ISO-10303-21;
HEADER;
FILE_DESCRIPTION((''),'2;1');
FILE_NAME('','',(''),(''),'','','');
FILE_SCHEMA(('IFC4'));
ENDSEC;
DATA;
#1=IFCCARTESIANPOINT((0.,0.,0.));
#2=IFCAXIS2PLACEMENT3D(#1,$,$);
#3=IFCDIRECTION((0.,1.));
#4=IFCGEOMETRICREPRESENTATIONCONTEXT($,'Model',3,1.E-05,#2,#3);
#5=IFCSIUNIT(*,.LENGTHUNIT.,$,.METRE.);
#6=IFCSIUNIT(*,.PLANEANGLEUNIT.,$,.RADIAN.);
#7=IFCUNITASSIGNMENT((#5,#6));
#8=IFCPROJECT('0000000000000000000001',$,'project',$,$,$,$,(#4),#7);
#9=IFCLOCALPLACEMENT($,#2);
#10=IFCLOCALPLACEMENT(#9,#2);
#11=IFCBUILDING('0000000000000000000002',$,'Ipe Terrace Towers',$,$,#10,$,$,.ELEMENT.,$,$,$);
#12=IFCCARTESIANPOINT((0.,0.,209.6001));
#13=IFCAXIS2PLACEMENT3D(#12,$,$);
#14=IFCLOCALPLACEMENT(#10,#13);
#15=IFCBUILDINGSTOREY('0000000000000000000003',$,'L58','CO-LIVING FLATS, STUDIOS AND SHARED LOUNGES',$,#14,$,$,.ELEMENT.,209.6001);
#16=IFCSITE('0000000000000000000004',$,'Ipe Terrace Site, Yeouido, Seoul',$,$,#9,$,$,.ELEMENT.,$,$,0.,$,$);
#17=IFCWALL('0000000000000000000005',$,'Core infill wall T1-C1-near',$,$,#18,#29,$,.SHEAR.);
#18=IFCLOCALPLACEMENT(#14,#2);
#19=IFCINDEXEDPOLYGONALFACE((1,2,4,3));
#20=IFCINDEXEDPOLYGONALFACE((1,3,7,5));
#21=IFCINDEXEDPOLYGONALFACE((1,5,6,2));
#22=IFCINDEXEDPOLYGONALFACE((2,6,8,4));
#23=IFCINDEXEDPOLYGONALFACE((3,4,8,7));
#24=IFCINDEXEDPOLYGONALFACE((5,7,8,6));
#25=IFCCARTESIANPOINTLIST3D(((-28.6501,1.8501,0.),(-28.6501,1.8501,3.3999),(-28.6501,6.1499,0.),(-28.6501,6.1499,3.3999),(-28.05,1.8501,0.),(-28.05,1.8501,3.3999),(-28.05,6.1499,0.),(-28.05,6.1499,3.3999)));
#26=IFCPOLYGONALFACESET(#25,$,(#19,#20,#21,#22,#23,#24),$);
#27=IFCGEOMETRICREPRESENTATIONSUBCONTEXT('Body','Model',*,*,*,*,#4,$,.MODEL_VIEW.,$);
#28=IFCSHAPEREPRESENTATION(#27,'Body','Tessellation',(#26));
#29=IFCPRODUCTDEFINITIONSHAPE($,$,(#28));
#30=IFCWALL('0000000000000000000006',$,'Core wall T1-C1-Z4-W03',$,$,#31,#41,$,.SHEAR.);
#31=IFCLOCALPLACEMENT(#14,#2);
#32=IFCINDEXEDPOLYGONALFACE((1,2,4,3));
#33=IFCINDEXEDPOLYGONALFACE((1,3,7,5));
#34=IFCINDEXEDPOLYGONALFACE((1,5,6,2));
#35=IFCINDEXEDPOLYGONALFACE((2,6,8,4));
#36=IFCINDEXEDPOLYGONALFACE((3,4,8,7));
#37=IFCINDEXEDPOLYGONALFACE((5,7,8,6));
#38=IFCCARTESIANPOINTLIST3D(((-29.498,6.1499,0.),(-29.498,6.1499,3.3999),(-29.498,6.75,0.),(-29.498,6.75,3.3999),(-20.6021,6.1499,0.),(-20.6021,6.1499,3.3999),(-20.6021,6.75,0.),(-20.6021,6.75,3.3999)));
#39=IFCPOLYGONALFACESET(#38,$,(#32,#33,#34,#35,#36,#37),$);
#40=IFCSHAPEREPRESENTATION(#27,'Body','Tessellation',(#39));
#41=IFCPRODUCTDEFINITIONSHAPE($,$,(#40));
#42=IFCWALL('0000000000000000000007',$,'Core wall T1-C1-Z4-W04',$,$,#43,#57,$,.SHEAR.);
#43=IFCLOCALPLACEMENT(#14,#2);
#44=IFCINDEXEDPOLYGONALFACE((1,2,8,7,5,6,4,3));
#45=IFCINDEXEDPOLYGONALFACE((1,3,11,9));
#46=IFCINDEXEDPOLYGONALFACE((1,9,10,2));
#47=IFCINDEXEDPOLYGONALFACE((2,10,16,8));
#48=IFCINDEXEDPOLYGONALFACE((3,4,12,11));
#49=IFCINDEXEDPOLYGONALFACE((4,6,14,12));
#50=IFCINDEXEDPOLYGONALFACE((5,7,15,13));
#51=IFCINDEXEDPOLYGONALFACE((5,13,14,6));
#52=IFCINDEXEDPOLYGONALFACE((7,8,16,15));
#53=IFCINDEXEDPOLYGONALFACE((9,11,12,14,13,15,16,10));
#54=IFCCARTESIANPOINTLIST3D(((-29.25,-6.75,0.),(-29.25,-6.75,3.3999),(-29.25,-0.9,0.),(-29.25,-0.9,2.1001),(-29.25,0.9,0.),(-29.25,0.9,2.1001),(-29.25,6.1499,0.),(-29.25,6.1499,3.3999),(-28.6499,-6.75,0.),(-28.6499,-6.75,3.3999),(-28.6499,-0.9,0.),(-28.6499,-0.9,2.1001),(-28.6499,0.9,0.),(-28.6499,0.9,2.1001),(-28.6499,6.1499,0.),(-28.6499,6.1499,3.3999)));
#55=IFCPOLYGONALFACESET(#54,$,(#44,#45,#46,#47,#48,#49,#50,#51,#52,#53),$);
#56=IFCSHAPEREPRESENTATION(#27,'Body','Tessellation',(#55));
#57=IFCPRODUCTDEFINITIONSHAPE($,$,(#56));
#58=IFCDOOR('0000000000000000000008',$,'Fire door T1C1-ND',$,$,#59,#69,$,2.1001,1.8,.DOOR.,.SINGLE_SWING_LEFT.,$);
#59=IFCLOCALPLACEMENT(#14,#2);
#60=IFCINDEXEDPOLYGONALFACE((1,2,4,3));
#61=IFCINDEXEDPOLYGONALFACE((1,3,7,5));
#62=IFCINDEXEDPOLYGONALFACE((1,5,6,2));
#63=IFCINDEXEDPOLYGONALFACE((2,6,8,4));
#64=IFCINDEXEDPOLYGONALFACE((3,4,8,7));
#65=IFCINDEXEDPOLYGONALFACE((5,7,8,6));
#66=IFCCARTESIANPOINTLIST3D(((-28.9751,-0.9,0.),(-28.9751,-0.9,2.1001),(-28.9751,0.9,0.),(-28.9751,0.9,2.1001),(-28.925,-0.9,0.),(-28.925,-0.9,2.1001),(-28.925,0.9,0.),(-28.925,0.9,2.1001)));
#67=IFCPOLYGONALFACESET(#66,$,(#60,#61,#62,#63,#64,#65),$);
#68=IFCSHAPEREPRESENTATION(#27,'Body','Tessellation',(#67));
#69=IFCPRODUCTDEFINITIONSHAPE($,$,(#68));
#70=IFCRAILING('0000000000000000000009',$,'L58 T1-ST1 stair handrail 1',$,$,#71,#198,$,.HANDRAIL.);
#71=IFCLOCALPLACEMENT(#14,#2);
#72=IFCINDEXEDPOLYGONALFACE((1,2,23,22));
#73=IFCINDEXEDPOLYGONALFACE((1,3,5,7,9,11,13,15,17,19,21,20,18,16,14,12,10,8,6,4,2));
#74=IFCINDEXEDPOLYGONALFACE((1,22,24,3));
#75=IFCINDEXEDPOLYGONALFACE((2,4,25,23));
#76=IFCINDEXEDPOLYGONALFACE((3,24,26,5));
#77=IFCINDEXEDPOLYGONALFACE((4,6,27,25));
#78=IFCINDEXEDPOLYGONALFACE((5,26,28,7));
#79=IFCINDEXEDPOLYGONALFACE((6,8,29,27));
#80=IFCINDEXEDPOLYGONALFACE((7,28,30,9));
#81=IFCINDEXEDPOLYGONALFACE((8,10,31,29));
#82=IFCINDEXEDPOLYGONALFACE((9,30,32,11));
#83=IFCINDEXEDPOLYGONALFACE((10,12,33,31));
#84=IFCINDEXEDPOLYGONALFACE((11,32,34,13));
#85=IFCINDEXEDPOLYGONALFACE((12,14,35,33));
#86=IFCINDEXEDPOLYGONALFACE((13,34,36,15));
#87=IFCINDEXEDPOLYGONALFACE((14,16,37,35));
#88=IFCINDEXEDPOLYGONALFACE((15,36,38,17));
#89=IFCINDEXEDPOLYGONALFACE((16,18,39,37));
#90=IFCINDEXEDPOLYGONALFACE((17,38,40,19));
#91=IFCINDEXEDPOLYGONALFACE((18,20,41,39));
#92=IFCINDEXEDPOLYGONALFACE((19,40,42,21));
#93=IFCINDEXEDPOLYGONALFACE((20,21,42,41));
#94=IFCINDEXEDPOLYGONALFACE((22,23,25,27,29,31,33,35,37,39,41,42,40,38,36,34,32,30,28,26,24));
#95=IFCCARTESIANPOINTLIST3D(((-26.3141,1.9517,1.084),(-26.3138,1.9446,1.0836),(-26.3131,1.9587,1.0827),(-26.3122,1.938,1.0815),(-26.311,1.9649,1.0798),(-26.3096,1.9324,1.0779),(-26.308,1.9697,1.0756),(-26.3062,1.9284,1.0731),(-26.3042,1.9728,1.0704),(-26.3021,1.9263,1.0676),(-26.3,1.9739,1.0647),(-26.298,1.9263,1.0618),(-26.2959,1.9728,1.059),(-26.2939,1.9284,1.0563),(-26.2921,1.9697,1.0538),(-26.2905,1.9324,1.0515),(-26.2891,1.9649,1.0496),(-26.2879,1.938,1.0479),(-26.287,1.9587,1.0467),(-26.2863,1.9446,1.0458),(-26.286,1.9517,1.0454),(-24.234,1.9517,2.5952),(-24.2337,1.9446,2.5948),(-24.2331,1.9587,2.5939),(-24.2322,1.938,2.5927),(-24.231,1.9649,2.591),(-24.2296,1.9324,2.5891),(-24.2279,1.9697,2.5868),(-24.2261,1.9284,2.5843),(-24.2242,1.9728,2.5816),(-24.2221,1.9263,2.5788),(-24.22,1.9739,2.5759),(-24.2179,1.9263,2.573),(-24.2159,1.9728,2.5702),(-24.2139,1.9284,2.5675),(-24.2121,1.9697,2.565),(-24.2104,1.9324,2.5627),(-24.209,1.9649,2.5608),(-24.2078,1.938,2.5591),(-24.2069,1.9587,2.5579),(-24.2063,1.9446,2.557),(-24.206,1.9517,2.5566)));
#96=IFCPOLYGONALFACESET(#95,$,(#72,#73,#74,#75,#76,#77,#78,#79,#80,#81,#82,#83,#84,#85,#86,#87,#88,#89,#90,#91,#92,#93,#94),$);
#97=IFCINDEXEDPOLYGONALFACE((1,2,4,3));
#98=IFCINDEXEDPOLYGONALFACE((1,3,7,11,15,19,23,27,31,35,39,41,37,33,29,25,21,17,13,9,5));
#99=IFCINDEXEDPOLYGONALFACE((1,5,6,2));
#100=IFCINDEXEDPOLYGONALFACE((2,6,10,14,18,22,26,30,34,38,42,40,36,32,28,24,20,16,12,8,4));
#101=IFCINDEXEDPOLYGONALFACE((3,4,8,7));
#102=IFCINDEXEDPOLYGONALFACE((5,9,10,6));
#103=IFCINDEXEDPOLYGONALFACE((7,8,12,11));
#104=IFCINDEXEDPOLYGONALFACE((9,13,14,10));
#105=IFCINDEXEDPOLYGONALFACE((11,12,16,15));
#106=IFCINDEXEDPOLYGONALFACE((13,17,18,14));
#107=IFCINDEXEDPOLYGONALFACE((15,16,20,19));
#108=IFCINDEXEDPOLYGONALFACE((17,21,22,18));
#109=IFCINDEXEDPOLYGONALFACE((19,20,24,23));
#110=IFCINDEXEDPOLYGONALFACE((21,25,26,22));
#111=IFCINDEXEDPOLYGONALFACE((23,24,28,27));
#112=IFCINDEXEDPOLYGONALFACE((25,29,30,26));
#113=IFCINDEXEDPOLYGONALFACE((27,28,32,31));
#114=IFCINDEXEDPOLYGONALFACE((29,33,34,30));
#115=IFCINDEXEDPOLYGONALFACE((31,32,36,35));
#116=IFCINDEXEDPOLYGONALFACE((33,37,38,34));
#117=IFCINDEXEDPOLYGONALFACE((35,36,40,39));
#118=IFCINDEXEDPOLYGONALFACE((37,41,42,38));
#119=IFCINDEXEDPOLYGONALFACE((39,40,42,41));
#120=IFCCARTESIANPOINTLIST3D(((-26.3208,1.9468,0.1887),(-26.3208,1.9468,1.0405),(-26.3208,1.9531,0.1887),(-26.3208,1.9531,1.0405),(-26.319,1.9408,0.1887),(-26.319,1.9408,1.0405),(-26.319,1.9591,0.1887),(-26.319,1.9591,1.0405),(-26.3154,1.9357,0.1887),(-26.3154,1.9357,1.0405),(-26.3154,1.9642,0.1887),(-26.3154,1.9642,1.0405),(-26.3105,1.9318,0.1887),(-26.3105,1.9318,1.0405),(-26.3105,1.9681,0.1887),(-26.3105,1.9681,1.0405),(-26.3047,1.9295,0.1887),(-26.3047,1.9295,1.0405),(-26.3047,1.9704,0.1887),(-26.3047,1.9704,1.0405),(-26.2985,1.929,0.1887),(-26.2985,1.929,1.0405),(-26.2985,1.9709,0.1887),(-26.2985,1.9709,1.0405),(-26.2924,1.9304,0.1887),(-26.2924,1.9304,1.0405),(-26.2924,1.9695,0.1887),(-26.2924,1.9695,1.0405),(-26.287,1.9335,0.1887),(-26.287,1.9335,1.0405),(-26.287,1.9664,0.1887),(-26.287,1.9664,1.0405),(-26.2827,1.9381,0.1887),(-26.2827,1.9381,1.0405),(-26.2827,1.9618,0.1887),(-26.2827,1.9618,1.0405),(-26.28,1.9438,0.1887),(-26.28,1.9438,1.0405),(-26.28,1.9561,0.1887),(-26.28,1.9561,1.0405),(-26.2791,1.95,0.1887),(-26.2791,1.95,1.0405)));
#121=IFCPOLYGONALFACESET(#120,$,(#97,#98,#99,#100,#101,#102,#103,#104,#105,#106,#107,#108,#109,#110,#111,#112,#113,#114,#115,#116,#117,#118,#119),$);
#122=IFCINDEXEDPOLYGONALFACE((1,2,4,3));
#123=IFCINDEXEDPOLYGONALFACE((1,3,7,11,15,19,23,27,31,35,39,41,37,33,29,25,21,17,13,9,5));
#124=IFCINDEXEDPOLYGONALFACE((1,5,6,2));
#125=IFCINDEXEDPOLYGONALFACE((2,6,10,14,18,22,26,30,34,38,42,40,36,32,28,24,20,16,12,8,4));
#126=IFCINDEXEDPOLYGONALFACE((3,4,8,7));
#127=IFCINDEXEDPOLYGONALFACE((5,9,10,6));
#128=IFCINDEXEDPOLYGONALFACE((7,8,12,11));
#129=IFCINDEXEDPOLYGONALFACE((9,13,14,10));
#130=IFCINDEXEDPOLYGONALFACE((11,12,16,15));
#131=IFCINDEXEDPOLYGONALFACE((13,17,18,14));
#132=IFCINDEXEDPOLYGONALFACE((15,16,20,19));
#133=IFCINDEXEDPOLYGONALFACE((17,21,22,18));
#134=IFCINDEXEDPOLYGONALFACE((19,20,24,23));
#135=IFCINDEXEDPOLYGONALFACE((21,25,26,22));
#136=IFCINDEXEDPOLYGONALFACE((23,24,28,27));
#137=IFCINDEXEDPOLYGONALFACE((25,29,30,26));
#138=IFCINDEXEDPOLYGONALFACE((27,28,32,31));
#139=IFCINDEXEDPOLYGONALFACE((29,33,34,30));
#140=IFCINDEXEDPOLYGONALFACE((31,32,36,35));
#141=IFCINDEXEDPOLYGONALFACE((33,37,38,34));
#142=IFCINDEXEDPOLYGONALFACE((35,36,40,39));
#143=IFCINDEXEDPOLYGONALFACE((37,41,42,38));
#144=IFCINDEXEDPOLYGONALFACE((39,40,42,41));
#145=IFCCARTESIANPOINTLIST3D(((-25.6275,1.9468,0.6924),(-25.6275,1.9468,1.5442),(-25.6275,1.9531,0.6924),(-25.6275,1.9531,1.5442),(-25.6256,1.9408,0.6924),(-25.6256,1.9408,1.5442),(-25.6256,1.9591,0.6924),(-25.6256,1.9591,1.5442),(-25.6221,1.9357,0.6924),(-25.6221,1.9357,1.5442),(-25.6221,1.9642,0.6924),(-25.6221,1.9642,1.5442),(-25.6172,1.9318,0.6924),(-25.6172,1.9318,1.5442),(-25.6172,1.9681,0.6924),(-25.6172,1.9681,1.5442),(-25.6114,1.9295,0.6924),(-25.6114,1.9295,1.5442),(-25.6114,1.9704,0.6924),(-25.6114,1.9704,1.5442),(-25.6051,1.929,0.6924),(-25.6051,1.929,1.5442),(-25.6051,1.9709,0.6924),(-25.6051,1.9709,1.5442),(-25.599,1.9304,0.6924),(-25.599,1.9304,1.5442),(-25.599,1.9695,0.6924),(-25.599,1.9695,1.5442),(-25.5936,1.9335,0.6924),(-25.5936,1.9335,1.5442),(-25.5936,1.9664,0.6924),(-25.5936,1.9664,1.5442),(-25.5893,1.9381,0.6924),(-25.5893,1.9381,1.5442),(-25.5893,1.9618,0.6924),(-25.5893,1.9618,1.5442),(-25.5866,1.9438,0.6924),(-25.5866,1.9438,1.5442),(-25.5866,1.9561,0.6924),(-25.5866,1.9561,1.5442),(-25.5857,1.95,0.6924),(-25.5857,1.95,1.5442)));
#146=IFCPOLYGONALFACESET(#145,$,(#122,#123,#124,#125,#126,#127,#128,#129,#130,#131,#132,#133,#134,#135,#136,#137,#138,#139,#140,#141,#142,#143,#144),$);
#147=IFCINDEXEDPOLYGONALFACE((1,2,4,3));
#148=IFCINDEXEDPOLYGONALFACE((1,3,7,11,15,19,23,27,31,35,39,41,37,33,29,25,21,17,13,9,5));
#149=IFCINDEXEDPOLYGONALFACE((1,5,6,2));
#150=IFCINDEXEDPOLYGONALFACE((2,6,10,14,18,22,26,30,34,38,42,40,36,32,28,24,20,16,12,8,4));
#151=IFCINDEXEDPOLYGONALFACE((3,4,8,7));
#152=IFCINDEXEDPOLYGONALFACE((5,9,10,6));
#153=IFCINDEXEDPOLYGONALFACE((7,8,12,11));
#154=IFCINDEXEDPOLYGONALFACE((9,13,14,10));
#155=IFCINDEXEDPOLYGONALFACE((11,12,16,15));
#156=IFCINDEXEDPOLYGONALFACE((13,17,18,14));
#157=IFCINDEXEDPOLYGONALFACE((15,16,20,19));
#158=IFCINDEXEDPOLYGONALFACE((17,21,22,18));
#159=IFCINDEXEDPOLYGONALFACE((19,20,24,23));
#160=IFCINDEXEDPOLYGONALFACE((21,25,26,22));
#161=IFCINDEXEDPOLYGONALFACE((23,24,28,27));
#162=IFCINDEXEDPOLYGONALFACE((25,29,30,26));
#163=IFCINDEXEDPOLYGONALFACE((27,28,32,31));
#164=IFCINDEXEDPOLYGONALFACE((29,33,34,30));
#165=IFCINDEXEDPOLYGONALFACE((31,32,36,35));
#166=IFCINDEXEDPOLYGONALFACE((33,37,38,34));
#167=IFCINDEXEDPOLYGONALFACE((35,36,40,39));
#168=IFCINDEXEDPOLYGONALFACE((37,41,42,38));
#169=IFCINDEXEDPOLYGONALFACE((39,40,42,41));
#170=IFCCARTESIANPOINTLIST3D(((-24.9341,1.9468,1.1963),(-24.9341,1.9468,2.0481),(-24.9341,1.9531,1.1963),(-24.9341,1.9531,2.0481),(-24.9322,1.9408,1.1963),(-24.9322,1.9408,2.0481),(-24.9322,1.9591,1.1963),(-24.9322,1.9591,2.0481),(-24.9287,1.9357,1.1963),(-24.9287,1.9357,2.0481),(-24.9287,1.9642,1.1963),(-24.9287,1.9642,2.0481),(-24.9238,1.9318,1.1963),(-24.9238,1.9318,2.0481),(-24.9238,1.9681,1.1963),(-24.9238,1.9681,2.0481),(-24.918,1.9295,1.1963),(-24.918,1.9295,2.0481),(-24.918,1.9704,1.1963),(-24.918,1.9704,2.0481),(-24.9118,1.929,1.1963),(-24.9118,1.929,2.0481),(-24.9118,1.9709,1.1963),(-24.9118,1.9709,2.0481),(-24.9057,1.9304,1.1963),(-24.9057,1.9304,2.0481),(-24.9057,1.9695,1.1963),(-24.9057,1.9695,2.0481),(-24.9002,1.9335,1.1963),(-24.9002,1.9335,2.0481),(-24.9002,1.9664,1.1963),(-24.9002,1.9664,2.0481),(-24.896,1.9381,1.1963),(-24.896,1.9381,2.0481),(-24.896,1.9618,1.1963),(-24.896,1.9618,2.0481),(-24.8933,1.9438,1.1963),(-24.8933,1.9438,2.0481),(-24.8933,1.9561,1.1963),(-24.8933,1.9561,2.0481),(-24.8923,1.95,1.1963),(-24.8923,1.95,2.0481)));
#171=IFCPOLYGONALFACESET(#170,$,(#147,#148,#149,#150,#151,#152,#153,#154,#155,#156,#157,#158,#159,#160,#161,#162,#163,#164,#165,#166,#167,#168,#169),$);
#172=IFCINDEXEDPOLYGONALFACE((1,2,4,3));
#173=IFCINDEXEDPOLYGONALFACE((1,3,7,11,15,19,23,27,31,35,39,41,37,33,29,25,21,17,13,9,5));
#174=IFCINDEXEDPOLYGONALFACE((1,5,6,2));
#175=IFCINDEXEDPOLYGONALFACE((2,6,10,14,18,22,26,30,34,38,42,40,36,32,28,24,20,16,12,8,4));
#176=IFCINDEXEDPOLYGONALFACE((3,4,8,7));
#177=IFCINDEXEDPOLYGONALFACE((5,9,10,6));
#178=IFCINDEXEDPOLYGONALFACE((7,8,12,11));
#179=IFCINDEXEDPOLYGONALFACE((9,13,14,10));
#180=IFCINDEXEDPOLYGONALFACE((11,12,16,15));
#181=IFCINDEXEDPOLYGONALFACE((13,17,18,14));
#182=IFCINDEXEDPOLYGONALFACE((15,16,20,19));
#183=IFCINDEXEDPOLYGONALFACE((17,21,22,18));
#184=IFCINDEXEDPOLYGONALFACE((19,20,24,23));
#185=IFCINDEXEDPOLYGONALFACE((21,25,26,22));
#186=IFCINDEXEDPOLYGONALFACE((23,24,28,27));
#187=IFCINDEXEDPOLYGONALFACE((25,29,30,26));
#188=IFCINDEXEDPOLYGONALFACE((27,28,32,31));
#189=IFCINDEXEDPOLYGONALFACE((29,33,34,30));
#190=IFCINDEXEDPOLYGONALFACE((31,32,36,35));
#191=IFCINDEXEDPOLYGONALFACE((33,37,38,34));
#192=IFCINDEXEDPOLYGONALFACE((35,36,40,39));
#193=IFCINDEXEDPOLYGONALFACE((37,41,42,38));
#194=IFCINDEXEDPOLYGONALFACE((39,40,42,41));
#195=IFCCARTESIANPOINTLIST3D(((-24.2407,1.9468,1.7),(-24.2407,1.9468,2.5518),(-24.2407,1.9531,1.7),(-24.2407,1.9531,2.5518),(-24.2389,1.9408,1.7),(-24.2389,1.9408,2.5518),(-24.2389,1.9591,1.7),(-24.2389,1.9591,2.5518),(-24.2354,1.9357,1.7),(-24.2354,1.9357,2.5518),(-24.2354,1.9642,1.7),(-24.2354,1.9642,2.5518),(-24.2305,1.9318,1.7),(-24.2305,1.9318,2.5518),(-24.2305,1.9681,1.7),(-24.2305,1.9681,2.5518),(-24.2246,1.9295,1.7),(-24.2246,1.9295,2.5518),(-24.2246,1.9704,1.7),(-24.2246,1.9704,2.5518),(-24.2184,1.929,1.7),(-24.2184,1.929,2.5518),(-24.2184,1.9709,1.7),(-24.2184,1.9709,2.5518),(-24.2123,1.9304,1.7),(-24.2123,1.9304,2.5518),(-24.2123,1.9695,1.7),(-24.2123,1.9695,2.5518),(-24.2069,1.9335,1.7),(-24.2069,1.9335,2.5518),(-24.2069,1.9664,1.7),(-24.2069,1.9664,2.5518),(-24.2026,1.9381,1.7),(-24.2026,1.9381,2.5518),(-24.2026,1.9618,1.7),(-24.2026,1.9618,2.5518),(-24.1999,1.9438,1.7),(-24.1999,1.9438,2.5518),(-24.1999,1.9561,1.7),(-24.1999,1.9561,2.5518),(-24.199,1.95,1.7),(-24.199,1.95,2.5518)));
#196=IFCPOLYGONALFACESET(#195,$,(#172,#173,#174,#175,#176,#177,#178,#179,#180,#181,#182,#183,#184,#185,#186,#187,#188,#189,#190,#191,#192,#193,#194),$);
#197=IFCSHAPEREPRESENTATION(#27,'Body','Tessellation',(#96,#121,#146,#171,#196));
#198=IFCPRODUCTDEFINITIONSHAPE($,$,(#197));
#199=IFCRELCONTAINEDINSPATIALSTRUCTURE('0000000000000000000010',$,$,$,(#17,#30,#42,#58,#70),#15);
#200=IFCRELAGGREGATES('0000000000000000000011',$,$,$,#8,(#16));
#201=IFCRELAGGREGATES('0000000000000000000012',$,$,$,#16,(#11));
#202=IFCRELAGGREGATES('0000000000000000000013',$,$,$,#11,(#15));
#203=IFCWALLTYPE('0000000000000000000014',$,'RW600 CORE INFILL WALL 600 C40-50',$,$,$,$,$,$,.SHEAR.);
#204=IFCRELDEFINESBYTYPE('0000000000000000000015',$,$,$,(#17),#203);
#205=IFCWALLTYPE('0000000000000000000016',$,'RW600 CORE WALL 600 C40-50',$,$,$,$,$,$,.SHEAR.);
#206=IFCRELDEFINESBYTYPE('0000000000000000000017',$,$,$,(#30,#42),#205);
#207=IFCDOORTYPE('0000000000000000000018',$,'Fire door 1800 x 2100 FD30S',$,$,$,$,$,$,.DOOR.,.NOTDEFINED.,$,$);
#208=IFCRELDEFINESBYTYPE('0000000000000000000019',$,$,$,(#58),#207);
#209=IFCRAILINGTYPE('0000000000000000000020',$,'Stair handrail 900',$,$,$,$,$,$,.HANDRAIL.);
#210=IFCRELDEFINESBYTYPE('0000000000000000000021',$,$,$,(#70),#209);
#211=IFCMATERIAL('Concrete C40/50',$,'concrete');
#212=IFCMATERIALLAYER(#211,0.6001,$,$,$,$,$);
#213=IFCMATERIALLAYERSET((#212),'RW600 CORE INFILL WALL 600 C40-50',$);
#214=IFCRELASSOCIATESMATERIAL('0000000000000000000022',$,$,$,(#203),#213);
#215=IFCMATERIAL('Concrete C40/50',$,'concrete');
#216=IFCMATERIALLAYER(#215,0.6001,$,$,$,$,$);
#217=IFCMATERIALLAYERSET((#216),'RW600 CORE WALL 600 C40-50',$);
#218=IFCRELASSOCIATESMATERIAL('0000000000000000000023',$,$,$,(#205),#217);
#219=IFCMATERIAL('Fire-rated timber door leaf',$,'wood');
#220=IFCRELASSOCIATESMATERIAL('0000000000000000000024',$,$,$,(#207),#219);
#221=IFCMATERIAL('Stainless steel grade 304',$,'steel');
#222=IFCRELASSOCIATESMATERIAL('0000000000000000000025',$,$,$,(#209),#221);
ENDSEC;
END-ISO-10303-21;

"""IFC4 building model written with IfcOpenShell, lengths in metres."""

from ifc_helpers import new_model, si_unit, direction, frame, frame_2d, origin, origin_2d, place, context, subcontext, project, spatial, rectangle, circle, extrude, material, layer, layer_set, type_object, element, fill, save


model = new_model("IFC4")

# Units and contexts
model_context = context("Model", 3, precision=1e-05, world=origin(), true_north=direction((0.0, 1.0)))
body_context = subcontext(model_context, "Body", "Model", "MODEL_VIEW")
ifc_project = project(units=[si_unit("LENGTHUNIT", "METRE"), si_unit("PLANEANGLEUNIT", "RADIAN")], contexts=[model_context])

# Site, building, storey
site_placement = place(None, origin())
site = spatial("IfcSite", under=ifc_project, at=site_placement, Name="Ipe Terrace Site, Yeouido, Seoul", CompositionType="ELEMENT", RefElevation=0.0)
building_placement = place(site_placement, origin())
building = spatial("IfcBuilding", under=site, at=building_placement, Name="Ipe Terrace Towers", CompositionType="ELEMENT")
storey_placement = place(building_placement, frame((0.0, 0.0, 209.6001)))
storey = spatial("IfcBuildingStorey", under=building, at=storey_placement, Name="L58", Description="CO-LIVING FLATS, STUDIOS AND SHARED LOUNGES", CompositionType="ELEMENT", Elevation=209.6001)

# Walls
ifc_material_1 = material(Name="Concrete C40/50", Category="concrete")
ifc_layer_1 = layer(ifc_material_1, 0.6001)
ifc_layer_set_1 = layer_set([ifc_layer_1], Name="RW600 CORE INFILL WALL 600 C40-50")
wall_type_1 = type_object("IfcWallType", Name="RW600 CORE INFILL WALL 600 C40-50", PredefinedType="SHEAR", material=ifc_layer_set_1)
wall_1_placement = place(storey_placement, frame((-28.3501, 1.8501, 0.0), z_axis=(0.0, 0.0, 1.0), x_axis=(0.0, 1.0, 0.0)))
element("IfcWall", 1, at=wall_1_placement, inside=storey, type_object=wall_type_1, Name="Core infill wall T1-C1-near", PredefinedType="SHEAR", context=body_context, shape_type="SweptSolid", body=[
    extrude(rectangle(XDim=4.2998, YDim=0.6001, at=frame_2d((2.1499, 0.0))), origin(), (0.0, 0.0, 1.0), 3.3999),
])
ifc_material_2 = material(Name="Concrete C40/50", Category="concrete")
ifc_layer_2 = layer(ifc_material_2, 0.6001)
ifc_layer_set_2 = layer_set([ifc_layer_2], Name="RW600 CORE WALL 600 C40-50")
wall_type_2 = type_object("IfcWallType", Name="RW600 CORE WALL 600 C40-50", PredefinedType="SHEAR", material=ifc_layer_set_2)
wall_2_placement = place(storey_placement, frame((-20.6021, 6.45, 0.0), z_axis=(0.0, 0.0, 1.0), x_axis=(-1.0, 0.0, 0.0)))
element("IfcWall", 2, at=wall_2_placement, inside=storey, type_object=wall_type_2, Name="Core wall T1-C1-Z4-W03", PredefinedType="SHEAR", context=body_context, shape_type="SweptSolid", body=[
    extrude(rectangle(XDim=8.896, YDim=0.6001, at=frame_2d((4.448, 0.0))), origin(), (0.0, 0.0, 1.0), 3.3999),
])

# Wall, opening, door
wall_3_placement = place(storey_placement, frame((-28.95, 6.1499, 0.0), z_axis=(0.0, 0.0, 1.0), x_axis=(0.0, -1.0, 0.0)))
wall_3 = element("IfcWall", 3, at=wall_3_placement, inside=storey, type_object=wall_type_2, Name="Core wall T1-C1-Z4-W04", PredefinedType="SHEAR", context=body_context, shape_type="SweptSolid", body=[
    extrude(rectangle(XDim=12.8999, YDim=0.6001, at=frame_2d((6.45, 0.0))), origin(), (0.0, 0.0, 1.0), 3.3999),
])
opening_1_placement = place(wall_3_placement, frame((5.25, 0.0, 0.0)))
opening_1 = element("IfcOpeningElement", 4, at=opening_1_placement, cuts=wall_3, PredefinedType="OPENING", context=body_context, shape_type="SweptSolid", body=[
    extrude(rectangle(XDim=1.8, YDim=2.1001, at=frame_2d((0.8999, 1.05))), frame((0.0, 0.3101, 0.0), z_axis=(0.0, -1.0, 0.0), x_axis=(1.0, 0.0, 0.0)), (0.0, 0.0, 1.0), 0.6201),
])
ifc_material_3 = material(Name="Fire-rated timber door leaf", Category="wood")
door_type_1 = type_object("IfcDoorType", Name="Fire door 1800 x 2100 FD30S", OperationType="NOTDEFINED", PredefinedType="DOOR", material=ifc_material_3)
door_1_placement = place(opening_1_placement, origin())
door_1 = element("IfcDoor", 5, at=door_1_placement, inside=storey, type_object=door_type_1, Name="Fire door T1C1-ND", OperationType="SINGLE_SWING_LEFT", OverallHeight=2.1001, OverallWidth=1.8, PredefinedType="DOOR", context=body_context, shape_type="SweptSolid", body=[
    extrude(rectangle(XDim=1.8, YDim=2.1001, at=frame_2d((0.8999, 1.05))), frame((0.0, 0.0249, 0.0), z_axis=(0.0, -1.0, 0.0), x_axis=(1.0, 0.0, 0.0)), (0.0, 0.0, 1.0), 0.05),
])
fill(opening_1, door_1)

# Railing
ifc_material_4 = material(Name="Stainless steel grade 304", Category="steel")
railing_type_1 = type_object("IfcRailingType", Name="Stair handrail 900", PredefinedType="HANDRAIL", material=ifc_material_4)
railing_1_placement = place(storey_placement, frame((-26.3, 1.95, 0.1887)))
element("IfcRailing", 6, at=railing_1_placement, inside=storey, type_object=railing_type_1, Name="L58 T1-ST1 stair handrail 1", PredefinedType="HANDRAIL", context=body_context, shape_type="SweptSolid", body=[
    extrude(circle(Radius=0.0239, at=origin_2d()), frame((0.0, 0.0, 0.876), z_axis=(0.809023, 0.0, 0.587776), x_axis=(0.0, 1.0, 0.0)), (0.0, 0.0, 1.0), 2.571),
    extrude(circle(Radius=0.021, at=origin_2d()), origin(), (0.0, 0.0, 1.0), 0.8518),
    extrude(circle(Radius=0.021, at=origin_2d()), frame((0.6934, 0.0, 0.5037)), (0.0, 0.0, 1.0), 0.8518),
    extrude(circle(Radius=0.021, at=origin_2d()), frame((1.3867, 0.0, 1.0076)), (0.0, 0.0, 1.0), 0.8518),
    extrude(circle(Radius=0.021, at=origin_2d()), frame((2.0801, 0.0, 1.5112)), (0.0, 0.0, 1.0), 0.8518),
])

save(model, "model.ifc")
